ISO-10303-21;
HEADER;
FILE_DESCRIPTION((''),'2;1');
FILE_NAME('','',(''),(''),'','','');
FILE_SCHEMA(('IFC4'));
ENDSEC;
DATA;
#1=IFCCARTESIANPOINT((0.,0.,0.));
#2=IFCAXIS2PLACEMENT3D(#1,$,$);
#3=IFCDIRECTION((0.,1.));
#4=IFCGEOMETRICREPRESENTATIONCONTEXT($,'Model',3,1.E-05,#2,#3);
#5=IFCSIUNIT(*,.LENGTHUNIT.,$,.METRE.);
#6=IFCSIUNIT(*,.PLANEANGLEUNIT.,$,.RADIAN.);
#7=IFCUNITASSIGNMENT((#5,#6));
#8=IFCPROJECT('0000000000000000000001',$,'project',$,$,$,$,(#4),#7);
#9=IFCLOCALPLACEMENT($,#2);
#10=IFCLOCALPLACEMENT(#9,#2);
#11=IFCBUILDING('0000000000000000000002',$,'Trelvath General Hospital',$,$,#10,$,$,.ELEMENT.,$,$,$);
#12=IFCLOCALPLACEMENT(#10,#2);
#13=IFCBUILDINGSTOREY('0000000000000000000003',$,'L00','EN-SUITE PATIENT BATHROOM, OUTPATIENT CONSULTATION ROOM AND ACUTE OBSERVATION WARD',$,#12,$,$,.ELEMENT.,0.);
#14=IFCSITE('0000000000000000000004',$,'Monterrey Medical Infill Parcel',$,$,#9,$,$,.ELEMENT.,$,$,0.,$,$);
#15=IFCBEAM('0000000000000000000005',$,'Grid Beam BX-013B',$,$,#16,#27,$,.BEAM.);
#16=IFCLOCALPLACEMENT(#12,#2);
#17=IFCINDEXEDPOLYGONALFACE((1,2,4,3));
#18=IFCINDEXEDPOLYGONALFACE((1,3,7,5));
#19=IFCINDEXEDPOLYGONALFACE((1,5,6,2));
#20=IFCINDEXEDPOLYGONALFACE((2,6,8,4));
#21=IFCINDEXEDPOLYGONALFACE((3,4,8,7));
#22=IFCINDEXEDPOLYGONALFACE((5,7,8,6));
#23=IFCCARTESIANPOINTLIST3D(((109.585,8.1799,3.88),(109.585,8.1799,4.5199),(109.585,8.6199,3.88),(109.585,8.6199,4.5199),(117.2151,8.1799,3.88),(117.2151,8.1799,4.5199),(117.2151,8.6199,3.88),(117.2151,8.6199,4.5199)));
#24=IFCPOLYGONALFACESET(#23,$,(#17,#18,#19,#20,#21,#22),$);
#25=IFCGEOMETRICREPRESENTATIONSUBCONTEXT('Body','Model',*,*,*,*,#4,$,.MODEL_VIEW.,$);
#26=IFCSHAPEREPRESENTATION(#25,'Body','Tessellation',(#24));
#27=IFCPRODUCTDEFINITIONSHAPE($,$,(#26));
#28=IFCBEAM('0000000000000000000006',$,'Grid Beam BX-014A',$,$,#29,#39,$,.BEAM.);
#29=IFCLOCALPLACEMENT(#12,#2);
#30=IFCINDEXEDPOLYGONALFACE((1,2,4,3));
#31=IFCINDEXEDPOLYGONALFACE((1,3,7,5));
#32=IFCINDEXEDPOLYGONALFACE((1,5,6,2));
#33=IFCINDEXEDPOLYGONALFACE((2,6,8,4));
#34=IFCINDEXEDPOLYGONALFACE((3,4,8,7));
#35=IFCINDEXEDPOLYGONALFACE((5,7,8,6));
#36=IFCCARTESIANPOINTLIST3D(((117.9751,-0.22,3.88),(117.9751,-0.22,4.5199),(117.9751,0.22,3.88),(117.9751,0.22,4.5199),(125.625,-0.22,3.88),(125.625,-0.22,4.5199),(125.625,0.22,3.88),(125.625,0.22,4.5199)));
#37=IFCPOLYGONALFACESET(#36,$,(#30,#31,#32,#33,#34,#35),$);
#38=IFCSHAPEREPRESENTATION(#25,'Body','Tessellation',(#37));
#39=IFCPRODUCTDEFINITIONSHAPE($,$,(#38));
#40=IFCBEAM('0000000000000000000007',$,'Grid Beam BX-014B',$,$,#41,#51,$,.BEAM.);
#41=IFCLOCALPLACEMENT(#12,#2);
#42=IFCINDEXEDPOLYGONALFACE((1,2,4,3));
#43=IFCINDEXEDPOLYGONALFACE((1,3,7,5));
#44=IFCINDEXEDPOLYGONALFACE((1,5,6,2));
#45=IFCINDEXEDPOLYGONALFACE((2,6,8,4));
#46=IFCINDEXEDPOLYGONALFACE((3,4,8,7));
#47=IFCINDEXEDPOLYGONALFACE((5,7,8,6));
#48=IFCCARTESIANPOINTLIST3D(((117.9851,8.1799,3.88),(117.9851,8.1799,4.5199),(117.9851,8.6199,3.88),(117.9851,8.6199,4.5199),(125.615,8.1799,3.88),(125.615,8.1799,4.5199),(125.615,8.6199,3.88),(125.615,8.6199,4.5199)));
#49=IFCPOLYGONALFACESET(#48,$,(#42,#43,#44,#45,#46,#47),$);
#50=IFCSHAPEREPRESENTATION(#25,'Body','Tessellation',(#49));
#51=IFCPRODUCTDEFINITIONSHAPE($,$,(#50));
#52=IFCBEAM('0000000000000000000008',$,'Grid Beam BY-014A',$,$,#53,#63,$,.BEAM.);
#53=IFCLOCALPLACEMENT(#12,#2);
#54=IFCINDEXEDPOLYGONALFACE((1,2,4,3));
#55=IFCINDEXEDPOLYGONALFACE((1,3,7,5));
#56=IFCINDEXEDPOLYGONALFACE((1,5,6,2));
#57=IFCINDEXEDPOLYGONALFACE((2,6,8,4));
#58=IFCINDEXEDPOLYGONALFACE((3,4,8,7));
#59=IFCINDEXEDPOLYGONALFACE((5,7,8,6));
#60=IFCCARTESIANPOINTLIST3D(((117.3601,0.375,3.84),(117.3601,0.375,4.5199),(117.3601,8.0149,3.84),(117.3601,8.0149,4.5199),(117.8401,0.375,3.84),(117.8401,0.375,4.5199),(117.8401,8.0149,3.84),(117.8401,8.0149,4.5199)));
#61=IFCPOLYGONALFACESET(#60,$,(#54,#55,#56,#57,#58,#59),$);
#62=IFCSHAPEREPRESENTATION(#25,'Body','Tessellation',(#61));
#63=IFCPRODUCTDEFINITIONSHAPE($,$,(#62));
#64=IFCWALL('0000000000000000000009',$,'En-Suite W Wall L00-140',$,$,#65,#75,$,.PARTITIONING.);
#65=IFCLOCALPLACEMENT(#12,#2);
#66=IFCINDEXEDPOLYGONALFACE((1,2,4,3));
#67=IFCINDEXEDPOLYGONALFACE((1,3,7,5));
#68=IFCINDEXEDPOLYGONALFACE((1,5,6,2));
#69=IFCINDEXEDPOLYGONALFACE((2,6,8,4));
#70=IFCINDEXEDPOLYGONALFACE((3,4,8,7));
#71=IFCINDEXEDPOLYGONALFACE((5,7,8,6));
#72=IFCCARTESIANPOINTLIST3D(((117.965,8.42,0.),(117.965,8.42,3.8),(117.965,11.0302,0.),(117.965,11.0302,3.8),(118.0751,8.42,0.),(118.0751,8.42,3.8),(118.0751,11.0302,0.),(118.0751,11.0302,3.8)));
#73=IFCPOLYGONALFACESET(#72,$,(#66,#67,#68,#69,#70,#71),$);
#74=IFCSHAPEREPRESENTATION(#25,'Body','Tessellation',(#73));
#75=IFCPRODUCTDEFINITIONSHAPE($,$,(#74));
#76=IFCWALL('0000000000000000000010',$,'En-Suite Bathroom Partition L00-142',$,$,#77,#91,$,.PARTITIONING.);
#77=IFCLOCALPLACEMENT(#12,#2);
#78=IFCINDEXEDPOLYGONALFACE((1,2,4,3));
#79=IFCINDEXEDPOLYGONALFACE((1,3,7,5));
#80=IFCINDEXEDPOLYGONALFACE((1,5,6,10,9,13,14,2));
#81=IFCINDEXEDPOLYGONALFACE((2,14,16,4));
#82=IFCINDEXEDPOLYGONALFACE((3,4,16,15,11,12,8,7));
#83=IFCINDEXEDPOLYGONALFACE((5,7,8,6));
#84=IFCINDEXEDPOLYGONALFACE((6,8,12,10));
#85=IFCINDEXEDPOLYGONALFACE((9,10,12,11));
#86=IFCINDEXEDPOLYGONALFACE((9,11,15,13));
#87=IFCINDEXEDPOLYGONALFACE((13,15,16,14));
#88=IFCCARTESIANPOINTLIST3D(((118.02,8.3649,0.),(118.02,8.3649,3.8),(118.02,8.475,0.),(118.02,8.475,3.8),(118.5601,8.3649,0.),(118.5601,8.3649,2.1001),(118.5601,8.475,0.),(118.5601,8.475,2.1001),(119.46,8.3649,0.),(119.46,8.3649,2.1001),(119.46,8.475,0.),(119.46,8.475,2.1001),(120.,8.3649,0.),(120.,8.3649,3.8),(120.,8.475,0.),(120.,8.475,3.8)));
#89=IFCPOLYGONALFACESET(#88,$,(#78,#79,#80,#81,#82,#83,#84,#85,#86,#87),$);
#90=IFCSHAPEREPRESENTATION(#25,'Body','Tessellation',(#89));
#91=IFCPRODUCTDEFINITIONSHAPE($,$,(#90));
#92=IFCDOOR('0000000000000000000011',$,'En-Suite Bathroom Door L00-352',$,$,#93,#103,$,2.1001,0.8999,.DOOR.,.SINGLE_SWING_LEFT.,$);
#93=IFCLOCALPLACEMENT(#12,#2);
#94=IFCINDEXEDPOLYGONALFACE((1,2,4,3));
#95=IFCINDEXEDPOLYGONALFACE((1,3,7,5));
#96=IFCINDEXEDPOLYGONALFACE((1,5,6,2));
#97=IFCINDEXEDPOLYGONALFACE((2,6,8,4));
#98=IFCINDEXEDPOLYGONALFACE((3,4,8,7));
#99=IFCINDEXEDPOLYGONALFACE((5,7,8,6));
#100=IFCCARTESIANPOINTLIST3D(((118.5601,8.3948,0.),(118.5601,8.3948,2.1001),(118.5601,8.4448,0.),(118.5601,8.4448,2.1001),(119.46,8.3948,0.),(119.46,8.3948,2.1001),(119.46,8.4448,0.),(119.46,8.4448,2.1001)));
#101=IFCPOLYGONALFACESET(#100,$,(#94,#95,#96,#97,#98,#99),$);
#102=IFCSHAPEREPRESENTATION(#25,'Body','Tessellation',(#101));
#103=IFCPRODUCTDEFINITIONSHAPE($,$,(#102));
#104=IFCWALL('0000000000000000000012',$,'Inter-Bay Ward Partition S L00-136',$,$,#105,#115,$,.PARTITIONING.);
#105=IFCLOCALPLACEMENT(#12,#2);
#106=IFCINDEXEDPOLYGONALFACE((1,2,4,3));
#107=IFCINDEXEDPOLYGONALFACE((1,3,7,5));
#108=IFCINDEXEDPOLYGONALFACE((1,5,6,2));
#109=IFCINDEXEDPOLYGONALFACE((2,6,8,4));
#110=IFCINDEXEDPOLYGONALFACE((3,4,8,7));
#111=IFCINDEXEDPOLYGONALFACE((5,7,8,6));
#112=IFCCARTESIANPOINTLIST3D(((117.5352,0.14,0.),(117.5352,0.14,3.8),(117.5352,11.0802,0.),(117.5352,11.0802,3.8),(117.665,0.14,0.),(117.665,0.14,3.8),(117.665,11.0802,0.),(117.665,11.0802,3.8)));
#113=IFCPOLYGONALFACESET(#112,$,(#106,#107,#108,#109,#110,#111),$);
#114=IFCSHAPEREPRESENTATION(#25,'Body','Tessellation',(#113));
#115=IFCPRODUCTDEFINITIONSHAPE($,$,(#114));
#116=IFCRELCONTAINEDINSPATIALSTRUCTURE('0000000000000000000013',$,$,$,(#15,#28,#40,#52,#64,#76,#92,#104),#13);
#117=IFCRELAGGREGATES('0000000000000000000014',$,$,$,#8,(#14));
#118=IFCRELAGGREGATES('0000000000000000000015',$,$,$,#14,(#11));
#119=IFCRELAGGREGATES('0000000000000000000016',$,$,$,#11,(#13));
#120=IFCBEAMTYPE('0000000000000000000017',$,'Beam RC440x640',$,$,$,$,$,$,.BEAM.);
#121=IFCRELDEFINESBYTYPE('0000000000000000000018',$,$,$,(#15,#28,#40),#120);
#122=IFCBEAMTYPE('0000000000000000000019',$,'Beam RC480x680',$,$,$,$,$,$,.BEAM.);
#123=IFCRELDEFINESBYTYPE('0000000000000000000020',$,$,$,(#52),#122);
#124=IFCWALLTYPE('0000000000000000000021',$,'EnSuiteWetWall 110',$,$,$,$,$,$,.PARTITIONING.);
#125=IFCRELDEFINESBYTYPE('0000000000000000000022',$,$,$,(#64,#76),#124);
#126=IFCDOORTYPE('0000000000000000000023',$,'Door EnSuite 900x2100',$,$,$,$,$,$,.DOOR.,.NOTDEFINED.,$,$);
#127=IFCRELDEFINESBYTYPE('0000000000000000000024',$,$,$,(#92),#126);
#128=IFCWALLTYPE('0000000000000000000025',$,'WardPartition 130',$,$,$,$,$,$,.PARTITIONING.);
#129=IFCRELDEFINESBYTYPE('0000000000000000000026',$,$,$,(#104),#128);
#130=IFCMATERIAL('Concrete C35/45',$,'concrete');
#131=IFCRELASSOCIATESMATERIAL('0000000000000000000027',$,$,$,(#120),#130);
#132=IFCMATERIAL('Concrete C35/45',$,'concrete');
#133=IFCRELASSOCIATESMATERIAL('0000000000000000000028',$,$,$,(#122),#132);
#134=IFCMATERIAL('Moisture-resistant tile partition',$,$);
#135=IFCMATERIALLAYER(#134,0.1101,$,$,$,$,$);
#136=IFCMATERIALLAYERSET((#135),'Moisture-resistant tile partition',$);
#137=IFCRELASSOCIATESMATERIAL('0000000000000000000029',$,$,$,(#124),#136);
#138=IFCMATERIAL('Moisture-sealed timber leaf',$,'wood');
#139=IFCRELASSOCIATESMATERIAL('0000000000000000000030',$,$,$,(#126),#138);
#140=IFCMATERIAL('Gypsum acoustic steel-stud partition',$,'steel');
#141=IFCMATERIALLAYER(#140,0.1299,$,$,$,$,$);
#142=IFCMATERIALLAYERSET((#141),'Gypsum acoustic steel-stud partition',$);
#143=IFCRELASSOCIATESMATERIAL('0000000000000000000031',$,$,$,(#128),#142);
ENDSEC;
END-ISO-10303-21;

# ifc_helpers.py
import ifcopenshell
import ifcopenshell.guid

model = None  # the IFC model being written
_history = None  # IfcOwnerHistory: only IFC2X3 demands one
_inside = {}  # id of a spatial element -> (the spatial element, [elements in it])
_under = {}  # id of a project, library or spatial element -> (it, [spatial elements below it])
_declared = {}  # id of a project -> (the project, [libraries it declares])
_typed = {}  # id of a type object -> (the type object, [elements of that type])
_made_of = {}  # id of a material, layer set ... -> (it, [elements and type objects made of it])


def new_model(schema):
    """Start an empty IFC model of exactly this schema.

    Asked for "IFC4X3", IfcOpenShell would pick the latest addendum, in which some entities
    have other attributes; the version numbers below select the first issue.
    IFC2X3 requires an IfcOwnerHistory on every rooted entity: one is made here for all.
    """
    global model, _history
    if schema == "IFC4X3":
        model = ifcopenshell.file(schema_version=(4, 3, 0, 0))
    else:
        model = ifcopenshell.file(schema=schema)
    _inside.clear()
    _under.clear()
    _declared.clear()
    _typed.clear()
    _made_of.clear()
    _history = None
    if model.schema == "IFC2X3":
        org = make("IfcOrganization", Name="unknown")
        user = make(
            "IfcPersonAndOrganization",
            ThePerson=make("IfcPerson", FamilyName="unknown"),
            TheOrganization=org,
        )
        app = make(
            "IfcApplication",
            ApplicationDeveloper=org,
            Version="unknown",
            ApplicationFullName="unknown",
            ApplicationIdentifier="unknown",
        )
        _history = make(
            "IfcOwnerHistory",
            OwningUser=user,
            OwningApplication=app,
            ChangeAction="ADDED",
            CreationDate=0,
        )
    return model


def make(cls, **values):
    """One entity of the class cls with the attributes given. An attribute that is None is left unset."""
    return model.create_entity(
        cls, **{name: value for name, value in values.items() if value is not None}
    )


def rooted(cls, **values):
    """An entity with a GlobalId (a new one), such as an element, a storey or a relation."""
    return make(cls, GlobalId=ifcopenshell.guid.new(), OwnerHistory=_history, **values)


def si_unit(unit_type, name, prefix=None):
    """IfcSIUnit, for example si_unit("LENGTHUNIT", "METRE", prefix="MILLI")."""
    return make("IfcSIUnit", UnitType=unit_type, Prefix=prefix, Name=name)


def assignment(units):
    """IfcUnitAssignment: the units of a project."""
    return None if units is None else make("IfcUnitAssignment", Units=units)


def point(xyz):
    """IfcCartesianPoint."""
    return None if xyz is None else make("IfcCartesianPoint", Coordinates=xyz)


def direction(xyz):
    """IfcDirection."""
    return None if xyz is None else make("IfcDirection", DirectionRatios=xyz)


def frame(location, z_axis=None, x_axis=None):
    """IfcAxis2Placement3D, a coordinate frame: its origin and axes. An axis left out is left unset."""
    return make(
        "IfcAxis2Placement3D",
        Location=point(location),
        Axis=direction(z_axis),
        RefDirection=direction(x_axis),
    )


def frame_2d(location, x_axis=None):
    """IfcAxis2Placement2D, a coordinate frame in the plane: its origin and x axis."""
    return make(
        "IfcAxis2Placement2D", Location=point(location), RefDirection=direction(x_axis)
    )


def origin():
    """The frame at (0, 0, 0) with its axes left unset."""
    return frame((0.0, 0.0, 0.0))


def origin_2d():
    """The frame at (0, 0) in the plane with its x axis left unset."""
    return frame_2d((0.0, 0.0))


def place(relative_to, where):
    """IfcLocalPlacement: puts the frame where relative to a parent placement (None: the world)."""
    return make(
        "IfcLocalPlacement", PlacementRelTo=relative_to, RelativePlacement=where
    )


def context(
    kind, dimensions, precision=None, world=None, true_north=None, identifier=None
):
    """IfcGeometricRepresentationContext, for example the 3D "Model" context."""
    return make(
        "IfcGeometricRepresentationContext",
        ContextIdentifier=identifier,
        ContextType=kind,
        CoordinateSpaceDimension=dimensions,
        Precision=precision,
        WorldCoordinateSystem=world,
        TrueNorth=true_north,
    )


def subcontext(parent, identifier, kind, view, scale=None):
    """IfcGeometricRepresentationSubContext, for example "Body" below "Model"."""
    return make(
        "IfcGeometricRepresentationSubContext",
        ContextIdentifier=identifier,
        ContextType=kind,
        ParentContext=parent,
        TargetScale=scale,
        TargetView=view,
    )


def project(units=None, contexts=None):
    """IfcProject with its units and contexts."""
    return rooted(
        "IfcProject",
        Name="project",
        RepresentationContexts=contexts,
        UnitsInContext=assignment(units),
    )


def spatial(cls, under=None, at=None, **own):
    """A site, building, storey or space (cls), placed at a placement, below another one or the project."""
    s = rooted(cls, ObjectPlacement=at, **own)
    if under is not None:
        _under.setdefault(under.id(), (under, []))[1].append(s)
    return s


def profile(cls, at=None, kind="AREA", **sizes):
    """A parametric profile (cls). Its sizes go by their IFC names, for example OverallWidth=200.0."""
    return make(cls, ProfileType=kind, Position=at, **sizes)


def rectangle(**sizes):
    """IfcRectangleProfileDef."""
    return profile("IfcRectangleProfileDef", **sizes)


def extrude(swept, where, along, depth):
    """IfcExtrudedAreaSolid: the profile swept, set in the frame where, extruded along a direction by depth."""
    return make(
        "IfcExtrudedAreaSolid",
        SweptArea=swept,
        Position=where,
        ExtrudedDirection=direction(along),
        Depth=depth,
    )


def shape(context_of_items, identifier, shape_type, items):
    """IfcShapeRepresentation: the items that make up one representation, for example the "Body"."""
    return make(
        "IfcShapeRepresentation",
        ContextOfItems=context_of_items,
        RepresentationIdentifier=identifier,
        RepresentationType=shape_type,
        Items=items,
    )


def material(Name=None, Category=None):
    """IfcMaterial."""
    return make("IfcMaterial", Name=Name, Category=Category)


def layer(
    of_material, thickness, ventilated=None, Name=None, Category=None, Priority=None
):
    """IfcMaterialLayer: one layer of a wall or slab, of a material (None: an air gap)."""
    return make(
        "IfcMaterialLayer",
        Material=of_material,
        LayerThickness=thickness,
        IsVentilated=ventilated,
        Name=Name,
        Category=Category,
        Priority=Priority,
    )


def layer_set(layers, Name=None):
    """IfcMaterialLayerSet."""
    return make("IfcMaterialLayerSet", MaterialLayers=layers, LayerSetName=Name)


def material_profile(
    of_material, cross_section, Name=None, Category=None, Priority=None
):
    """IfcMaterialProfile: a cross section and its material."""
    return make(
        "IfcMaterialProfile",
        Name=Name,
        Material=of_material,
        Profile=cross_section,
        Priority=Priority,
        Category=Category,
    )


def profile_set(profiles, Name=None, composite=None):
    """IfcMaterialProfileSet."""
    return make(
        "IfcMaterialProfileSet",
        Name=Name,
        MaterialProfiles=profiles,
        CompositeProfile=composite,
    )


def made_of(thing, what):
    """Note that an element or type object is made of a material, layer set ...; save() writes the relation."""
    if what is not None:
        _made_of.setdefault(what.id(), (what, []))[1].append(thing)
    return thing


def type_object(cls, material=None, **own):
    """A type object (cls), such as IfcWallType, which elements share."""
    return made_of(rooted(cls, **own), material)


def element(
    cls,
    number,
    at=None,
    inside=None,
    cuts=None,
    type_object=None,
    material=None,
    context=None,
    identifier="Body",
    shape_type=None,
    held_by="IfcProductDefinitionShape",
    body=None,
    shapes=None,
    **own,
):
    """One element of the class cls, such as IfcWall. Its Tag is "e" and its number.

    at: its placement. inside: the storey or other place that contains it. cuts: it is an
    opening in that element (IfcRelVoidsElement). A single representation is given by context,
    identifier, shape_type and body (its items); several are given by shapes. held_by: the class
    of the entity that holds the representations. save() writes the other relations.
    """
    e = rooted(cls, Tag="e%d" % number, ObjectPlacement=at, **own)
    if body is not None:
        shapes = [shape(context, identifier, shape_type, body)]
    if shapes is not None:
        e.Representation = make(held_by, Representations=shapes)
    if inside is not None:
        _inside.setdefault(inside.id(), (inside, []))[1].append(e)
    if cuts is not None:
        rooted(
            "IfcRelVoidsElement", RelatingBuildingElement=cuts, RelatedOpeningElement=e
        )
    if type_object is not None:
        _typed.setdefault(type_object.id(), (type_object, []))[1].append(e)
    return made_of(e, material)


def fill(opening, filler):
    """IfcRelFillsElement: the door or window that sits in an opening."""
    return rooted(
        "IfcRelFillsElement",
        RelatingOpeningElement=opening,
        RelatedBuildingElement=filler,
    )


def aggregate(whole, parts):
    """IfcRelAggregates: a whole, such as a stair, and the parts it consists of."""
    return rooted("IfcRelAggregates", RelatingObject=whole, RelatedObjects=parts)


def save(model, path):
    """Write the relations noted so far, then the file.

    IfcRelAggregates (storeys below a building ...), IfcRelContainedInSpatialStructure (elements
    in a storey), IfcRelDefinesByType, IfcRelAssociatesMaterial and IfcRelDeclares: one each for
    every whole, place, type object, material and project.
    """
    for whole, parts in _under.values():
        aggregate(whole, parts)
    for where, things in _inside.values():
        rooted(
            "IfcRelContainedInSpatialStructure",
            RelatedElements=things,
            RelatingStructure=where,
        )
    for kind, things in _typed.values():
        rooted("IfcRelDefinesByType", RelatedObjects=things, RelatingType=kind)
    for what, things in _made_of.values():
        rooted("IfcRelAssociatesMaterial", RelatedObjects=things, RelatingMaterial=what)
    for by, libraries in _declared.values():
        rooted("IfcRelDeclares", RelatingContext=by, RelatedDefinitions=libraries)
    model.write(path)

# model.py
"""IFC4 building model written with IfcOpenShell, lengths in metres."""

from ifc_helpers import new_model, si_unit, direction, frame, frame_2d, origin, origin_2d, place, context, subcontext, project, spatial, rectangle, extrude, material, layer, layer_set, material_profile, profile_set, type_object, element, fill, save


model = new_model("IFC4")

# Units and contexts
model_context = context("Model", 3, precision=1e-05, world=origin(), true_north=direction((0.0, 1.0)))
body_context = subcontext(model_context, "Body", "Model", "MODEL_VIEW")
ifc_project = project(units=[si_unit("LENGTHUNIT", "METRE"), si_unit("PLANEANGLEUNIT", "RADIAN")], contexts=[model_context])

# Site, building, storey
site_placement = place(None, origin())
site = spatial("IfcSite", under=ifc_project, at=site_placement, Name="Monterrey Medical Infill Parcel", CompositionType="ELEMENT", RefElevation=0.0)
building_placement = place(site_placement, origin())
building = spatial("IfcBuilding", under=site, at=building_placement, Name="Trelvath General Hospital", CompositionType="ELEMENT")
storey_placement = place(building_placement, origin())
storey = spatial("IfcBuildingStorey", under=building, at=storey_placement, Name="L00", Description="EN-SUITE PATIENT BATHROOM, OUTPATIENT CONSULTATION ROOM AND ACUTE OBSERVATION WARD", CompositionType="ELEMENT", Elevation=0.0)

# Beams
ifc_material_1 = material(Name="Concrete C35/45", Category="concrete")
ifc_material_profile_1 = material_profile(ifc_material_1, rectangle(XDim=0.4399, YDim=0.6399, at=origin_2d()), Name="RCB440x640")
ifc_profile_set_1 = profile_set([ifc_material_profile_1], Name="Concrete C35/45")
beam_type_1 = type_object("IfcBeamType", Name="Beam RC440x640", PredefinedType="BEAM", material=ifc_profile_set_1)
beam_1_placement = place(storey_placement, frame((109.585, 8.3999, 4.2), z_axis=(1.0, 0.0, 0.0), x_axis=(0.0, 1.0, 0.0)))
element("IfcBeam", 1, at=beam_1_placement, inside=storey, type_object=beam_type_1, Name="Grid Beam BX-013B", PredefinedType="BEAM", context=body_context, shape_type="SweptSolid", body=[
    extrude(rectangle(XDim=0.4399, YDim=0.6399, at=origin_2d()), origin(), (0.0, 0.0, 1.0), 7.6301),
])
beam_2_placement = place(storey_placement, frame((117.9751, 0.0, 4.2), z_axis=(1.0, 0.0, 0.0), x_axis=(0.0, 1.0, 0.0)))
element("IfcBeam", 2, at=beam_2_placement, inside=storey, type_object=beam_type_1, Name="Grid Beam BX-014A", PredefinedType="BEAM", context=body_context, shape_type="SweptSolid", body=[
    extrude(rectangle(XDim=0.4399, YDim=0.6399, at=origin_2d()), origin(), (0.0, 0.0, 1.0), 7.6499),
])
beam_3_placement = place(storey_placement, frame((117.9851, 8.3999, 4.2), z_axis=(1.0, 0.0, 0.0), x_axis=(0.0, 1.0, 0.0)))
element("IfcBeam", 3, at=beam_3_placement, inside=storey, type_object=beam_type_1, Name="Grid Beam BX-014B", PredefinedType="BEAM", context=body_context, shape_type="SweptSolid", body=[
    extrude(rectangle(XDim=0.4399, YDim=0.6399, at=origin_2d()), origin(), (0.0, 0.0, 1.0), 7.6299),
])
ifc_material_2 = material(Name="Concrete C35/45", Category="concrete")
ifc_material_profile_2 = material_profile(ifc_material_2, rectangle(XDim=0.48, YDim=0.6799, at=origin_2d()), Name="RCB480x680")
ifc_profile_set_2 = profile_set([ifc_material_profile_2], Name="Concrete C35/45")
beam_type_2 = type_object("IfcBeamType", Name="Beam RC480x680", PredefinedType="BEAM", material=ifc_profile_set_2)
beam_4_placement = place(storey_placement, frame((117.6001, 0.375, 4.1799), z_axis=(0.0, 1.0, 0.0), x_axis=(-1.0, 0.0, 0.0)))
element("IfcBeam", 4, at=beam_4_placement, inside=storey, type_object=beam_type_2, Name="Grid Beam BY-014A", PredefinedType="BEAM", context=body_context, shape_type="SweptSolid", body=[
    extrude(rectangle(XDim=0.48, YDim=0.6799, at=origin_2d()), origin(), (0.0, 0.0, 1.0), 7.6399),
])

# Wall
ifc_material_3 = material(Name="Moisture-resistant tile partition")
ifc_layer_1 = layer(ifc_material_3, 0.1101)
ifc_layer_set_1 = layer_set([ifc_layer_1], Name="Moisture-resistant tile partition")
wall_type_1 = type_object("IfcWallType", Name="EnSuiteWetWall 110", PredefinedType="PARTITIONING", material=ifc_layer_set_1)
wall_1_placement = place(storey_placement, frame((118.02, 8.4199, 0.0), z_axis=(0.0, 0.0, 1.0), x_axis=(0.0, 1.0, 0.0)))
element("IfcWall", 5, at=wall_1_placement, inside=storey, type_object=wall_type_1, Name="En-Suite W Wall L00-140", PredefinedType="PARTITIONING", context=body_context, shape_type="SweptSolid", body=[
    extrude(rectangle(XDim=2.6101, YDim=0.1101, at=frame_2d((1.3052, 0.0))), origin(), (0.0, 0.0, 1.0), 3.8),
])

# Wall, opening, door
wall_2_placement = place(storey_placement, frame((118.02, 8.4199, 0.0), z_axis=(0.0, 0.0, 1.0), x_axis=(1.0, 0.0, 0.0)))
wall_2 = element("IfcWall", 6, at=wall_2_placement, inside=storey, type_object=wall_type_1, Name="En-Suite Bathroom Partition L00-142", PredefinedType="PARTITIONING", context=body_context, shape_type="SweptSolid", body=[
    extrude(rectangle(XDim=1.98, YDim=0.1101, at=frame_2d((0.99, 0.0))), origin(), (0.0, 0.0, 1.0), 3.8),
])
opening_1_placement = place(wall_2_placement, frame((0.54, 0.0, 0.0)))
opening_1 = element("IfcOpeningElement", 7, at=opening_1_placement, cuts=wall_2, PredefinedType="OPENING", context=body_context, shape_type="SweptSolid", body=[
    extrude(rectangle(XDim=0.8999, YDim=2.1001, at=frame_2d((0.45, 1.05))), frame((0.0, 0.0649, 0.0), z_axis=(0.0, -1.0, 0.0), x_axis=(1.0, 0.0, 0.0)), (0.0, 0.0, 1.0), 0.1301),
])
ifc_material_4 = material(Name="Moisture-sealed timber leaf", Category="wood")
door_type_1 = type_object("IfcDoorType", Name="Door EnSuite 900x2100", OperationType="NOTDEFINED", PredefinedType="DOOR", material=ifc_material_4)
door_1_placement = place(opening_1_placement, origin())
door_1 = element("IfcDoor", 8, at=door_1_placement, inside=storey, type_object=door_type_1, Name="En-Suite Bathroom Door L00-352", OperationType="SINGLE_SWING_LEFT", OverallHeight=2.1001, OverallWidth=0.8999, PredefinedType="DOOR", context=body_context, shape_type="SweptSolid", body=[
    extrude(rectangle(XDim=0.8999, YDim=2.1001, at=frame_2d((0.45, 1.05))), frame((0.0, 0.0249, 0.0), z_axis=(0.0, -1.0, 0.0), x_axis=(1.0, 0.0, 0.0)), (0.0, 0.0, 1.0), 0.05),
])
fill(opening_1, door_1)

# Wall
ifc_material_5 = material(Name="Gypsum acoustic steel-stud partition", Category="steel")
ifc_layer_2 = layer(ifc_material_5, 0.1299)
ifc_layer_set_2 = layer_set([ifc_layer_2], Name="Gypsum acoustic steel-stud partition")
wall_type_2 = type_object("IfcWallType", Name="WardPartition 130", PredefinedType="PARTITIONING", material=ifc_layer_set_2)
wall_3_placement = place(storey_placement, frame((117.6001, 0.1399, 0.0), z_axis=(0.0, 0.0, 1.0), x_axis=(0.0, 1.0, 0.0)))
element("IfcWall", 9, at=wall_3_placement, inside=storey, type_object=wall_type_2, Name="Inter-Bay Ward Partition S L00-136", PredefinedType="PARTITIONING", context=body_context, shape_type="SweptSolid", body=[
    extrude(rectangle(XDim=10.9402, YDim=0.1299, at=frame_2d((5.4702, 0.0))), origin(), (0.0, 0.0, 1.0), 3.8),
])

save(model, "model.ifc")
